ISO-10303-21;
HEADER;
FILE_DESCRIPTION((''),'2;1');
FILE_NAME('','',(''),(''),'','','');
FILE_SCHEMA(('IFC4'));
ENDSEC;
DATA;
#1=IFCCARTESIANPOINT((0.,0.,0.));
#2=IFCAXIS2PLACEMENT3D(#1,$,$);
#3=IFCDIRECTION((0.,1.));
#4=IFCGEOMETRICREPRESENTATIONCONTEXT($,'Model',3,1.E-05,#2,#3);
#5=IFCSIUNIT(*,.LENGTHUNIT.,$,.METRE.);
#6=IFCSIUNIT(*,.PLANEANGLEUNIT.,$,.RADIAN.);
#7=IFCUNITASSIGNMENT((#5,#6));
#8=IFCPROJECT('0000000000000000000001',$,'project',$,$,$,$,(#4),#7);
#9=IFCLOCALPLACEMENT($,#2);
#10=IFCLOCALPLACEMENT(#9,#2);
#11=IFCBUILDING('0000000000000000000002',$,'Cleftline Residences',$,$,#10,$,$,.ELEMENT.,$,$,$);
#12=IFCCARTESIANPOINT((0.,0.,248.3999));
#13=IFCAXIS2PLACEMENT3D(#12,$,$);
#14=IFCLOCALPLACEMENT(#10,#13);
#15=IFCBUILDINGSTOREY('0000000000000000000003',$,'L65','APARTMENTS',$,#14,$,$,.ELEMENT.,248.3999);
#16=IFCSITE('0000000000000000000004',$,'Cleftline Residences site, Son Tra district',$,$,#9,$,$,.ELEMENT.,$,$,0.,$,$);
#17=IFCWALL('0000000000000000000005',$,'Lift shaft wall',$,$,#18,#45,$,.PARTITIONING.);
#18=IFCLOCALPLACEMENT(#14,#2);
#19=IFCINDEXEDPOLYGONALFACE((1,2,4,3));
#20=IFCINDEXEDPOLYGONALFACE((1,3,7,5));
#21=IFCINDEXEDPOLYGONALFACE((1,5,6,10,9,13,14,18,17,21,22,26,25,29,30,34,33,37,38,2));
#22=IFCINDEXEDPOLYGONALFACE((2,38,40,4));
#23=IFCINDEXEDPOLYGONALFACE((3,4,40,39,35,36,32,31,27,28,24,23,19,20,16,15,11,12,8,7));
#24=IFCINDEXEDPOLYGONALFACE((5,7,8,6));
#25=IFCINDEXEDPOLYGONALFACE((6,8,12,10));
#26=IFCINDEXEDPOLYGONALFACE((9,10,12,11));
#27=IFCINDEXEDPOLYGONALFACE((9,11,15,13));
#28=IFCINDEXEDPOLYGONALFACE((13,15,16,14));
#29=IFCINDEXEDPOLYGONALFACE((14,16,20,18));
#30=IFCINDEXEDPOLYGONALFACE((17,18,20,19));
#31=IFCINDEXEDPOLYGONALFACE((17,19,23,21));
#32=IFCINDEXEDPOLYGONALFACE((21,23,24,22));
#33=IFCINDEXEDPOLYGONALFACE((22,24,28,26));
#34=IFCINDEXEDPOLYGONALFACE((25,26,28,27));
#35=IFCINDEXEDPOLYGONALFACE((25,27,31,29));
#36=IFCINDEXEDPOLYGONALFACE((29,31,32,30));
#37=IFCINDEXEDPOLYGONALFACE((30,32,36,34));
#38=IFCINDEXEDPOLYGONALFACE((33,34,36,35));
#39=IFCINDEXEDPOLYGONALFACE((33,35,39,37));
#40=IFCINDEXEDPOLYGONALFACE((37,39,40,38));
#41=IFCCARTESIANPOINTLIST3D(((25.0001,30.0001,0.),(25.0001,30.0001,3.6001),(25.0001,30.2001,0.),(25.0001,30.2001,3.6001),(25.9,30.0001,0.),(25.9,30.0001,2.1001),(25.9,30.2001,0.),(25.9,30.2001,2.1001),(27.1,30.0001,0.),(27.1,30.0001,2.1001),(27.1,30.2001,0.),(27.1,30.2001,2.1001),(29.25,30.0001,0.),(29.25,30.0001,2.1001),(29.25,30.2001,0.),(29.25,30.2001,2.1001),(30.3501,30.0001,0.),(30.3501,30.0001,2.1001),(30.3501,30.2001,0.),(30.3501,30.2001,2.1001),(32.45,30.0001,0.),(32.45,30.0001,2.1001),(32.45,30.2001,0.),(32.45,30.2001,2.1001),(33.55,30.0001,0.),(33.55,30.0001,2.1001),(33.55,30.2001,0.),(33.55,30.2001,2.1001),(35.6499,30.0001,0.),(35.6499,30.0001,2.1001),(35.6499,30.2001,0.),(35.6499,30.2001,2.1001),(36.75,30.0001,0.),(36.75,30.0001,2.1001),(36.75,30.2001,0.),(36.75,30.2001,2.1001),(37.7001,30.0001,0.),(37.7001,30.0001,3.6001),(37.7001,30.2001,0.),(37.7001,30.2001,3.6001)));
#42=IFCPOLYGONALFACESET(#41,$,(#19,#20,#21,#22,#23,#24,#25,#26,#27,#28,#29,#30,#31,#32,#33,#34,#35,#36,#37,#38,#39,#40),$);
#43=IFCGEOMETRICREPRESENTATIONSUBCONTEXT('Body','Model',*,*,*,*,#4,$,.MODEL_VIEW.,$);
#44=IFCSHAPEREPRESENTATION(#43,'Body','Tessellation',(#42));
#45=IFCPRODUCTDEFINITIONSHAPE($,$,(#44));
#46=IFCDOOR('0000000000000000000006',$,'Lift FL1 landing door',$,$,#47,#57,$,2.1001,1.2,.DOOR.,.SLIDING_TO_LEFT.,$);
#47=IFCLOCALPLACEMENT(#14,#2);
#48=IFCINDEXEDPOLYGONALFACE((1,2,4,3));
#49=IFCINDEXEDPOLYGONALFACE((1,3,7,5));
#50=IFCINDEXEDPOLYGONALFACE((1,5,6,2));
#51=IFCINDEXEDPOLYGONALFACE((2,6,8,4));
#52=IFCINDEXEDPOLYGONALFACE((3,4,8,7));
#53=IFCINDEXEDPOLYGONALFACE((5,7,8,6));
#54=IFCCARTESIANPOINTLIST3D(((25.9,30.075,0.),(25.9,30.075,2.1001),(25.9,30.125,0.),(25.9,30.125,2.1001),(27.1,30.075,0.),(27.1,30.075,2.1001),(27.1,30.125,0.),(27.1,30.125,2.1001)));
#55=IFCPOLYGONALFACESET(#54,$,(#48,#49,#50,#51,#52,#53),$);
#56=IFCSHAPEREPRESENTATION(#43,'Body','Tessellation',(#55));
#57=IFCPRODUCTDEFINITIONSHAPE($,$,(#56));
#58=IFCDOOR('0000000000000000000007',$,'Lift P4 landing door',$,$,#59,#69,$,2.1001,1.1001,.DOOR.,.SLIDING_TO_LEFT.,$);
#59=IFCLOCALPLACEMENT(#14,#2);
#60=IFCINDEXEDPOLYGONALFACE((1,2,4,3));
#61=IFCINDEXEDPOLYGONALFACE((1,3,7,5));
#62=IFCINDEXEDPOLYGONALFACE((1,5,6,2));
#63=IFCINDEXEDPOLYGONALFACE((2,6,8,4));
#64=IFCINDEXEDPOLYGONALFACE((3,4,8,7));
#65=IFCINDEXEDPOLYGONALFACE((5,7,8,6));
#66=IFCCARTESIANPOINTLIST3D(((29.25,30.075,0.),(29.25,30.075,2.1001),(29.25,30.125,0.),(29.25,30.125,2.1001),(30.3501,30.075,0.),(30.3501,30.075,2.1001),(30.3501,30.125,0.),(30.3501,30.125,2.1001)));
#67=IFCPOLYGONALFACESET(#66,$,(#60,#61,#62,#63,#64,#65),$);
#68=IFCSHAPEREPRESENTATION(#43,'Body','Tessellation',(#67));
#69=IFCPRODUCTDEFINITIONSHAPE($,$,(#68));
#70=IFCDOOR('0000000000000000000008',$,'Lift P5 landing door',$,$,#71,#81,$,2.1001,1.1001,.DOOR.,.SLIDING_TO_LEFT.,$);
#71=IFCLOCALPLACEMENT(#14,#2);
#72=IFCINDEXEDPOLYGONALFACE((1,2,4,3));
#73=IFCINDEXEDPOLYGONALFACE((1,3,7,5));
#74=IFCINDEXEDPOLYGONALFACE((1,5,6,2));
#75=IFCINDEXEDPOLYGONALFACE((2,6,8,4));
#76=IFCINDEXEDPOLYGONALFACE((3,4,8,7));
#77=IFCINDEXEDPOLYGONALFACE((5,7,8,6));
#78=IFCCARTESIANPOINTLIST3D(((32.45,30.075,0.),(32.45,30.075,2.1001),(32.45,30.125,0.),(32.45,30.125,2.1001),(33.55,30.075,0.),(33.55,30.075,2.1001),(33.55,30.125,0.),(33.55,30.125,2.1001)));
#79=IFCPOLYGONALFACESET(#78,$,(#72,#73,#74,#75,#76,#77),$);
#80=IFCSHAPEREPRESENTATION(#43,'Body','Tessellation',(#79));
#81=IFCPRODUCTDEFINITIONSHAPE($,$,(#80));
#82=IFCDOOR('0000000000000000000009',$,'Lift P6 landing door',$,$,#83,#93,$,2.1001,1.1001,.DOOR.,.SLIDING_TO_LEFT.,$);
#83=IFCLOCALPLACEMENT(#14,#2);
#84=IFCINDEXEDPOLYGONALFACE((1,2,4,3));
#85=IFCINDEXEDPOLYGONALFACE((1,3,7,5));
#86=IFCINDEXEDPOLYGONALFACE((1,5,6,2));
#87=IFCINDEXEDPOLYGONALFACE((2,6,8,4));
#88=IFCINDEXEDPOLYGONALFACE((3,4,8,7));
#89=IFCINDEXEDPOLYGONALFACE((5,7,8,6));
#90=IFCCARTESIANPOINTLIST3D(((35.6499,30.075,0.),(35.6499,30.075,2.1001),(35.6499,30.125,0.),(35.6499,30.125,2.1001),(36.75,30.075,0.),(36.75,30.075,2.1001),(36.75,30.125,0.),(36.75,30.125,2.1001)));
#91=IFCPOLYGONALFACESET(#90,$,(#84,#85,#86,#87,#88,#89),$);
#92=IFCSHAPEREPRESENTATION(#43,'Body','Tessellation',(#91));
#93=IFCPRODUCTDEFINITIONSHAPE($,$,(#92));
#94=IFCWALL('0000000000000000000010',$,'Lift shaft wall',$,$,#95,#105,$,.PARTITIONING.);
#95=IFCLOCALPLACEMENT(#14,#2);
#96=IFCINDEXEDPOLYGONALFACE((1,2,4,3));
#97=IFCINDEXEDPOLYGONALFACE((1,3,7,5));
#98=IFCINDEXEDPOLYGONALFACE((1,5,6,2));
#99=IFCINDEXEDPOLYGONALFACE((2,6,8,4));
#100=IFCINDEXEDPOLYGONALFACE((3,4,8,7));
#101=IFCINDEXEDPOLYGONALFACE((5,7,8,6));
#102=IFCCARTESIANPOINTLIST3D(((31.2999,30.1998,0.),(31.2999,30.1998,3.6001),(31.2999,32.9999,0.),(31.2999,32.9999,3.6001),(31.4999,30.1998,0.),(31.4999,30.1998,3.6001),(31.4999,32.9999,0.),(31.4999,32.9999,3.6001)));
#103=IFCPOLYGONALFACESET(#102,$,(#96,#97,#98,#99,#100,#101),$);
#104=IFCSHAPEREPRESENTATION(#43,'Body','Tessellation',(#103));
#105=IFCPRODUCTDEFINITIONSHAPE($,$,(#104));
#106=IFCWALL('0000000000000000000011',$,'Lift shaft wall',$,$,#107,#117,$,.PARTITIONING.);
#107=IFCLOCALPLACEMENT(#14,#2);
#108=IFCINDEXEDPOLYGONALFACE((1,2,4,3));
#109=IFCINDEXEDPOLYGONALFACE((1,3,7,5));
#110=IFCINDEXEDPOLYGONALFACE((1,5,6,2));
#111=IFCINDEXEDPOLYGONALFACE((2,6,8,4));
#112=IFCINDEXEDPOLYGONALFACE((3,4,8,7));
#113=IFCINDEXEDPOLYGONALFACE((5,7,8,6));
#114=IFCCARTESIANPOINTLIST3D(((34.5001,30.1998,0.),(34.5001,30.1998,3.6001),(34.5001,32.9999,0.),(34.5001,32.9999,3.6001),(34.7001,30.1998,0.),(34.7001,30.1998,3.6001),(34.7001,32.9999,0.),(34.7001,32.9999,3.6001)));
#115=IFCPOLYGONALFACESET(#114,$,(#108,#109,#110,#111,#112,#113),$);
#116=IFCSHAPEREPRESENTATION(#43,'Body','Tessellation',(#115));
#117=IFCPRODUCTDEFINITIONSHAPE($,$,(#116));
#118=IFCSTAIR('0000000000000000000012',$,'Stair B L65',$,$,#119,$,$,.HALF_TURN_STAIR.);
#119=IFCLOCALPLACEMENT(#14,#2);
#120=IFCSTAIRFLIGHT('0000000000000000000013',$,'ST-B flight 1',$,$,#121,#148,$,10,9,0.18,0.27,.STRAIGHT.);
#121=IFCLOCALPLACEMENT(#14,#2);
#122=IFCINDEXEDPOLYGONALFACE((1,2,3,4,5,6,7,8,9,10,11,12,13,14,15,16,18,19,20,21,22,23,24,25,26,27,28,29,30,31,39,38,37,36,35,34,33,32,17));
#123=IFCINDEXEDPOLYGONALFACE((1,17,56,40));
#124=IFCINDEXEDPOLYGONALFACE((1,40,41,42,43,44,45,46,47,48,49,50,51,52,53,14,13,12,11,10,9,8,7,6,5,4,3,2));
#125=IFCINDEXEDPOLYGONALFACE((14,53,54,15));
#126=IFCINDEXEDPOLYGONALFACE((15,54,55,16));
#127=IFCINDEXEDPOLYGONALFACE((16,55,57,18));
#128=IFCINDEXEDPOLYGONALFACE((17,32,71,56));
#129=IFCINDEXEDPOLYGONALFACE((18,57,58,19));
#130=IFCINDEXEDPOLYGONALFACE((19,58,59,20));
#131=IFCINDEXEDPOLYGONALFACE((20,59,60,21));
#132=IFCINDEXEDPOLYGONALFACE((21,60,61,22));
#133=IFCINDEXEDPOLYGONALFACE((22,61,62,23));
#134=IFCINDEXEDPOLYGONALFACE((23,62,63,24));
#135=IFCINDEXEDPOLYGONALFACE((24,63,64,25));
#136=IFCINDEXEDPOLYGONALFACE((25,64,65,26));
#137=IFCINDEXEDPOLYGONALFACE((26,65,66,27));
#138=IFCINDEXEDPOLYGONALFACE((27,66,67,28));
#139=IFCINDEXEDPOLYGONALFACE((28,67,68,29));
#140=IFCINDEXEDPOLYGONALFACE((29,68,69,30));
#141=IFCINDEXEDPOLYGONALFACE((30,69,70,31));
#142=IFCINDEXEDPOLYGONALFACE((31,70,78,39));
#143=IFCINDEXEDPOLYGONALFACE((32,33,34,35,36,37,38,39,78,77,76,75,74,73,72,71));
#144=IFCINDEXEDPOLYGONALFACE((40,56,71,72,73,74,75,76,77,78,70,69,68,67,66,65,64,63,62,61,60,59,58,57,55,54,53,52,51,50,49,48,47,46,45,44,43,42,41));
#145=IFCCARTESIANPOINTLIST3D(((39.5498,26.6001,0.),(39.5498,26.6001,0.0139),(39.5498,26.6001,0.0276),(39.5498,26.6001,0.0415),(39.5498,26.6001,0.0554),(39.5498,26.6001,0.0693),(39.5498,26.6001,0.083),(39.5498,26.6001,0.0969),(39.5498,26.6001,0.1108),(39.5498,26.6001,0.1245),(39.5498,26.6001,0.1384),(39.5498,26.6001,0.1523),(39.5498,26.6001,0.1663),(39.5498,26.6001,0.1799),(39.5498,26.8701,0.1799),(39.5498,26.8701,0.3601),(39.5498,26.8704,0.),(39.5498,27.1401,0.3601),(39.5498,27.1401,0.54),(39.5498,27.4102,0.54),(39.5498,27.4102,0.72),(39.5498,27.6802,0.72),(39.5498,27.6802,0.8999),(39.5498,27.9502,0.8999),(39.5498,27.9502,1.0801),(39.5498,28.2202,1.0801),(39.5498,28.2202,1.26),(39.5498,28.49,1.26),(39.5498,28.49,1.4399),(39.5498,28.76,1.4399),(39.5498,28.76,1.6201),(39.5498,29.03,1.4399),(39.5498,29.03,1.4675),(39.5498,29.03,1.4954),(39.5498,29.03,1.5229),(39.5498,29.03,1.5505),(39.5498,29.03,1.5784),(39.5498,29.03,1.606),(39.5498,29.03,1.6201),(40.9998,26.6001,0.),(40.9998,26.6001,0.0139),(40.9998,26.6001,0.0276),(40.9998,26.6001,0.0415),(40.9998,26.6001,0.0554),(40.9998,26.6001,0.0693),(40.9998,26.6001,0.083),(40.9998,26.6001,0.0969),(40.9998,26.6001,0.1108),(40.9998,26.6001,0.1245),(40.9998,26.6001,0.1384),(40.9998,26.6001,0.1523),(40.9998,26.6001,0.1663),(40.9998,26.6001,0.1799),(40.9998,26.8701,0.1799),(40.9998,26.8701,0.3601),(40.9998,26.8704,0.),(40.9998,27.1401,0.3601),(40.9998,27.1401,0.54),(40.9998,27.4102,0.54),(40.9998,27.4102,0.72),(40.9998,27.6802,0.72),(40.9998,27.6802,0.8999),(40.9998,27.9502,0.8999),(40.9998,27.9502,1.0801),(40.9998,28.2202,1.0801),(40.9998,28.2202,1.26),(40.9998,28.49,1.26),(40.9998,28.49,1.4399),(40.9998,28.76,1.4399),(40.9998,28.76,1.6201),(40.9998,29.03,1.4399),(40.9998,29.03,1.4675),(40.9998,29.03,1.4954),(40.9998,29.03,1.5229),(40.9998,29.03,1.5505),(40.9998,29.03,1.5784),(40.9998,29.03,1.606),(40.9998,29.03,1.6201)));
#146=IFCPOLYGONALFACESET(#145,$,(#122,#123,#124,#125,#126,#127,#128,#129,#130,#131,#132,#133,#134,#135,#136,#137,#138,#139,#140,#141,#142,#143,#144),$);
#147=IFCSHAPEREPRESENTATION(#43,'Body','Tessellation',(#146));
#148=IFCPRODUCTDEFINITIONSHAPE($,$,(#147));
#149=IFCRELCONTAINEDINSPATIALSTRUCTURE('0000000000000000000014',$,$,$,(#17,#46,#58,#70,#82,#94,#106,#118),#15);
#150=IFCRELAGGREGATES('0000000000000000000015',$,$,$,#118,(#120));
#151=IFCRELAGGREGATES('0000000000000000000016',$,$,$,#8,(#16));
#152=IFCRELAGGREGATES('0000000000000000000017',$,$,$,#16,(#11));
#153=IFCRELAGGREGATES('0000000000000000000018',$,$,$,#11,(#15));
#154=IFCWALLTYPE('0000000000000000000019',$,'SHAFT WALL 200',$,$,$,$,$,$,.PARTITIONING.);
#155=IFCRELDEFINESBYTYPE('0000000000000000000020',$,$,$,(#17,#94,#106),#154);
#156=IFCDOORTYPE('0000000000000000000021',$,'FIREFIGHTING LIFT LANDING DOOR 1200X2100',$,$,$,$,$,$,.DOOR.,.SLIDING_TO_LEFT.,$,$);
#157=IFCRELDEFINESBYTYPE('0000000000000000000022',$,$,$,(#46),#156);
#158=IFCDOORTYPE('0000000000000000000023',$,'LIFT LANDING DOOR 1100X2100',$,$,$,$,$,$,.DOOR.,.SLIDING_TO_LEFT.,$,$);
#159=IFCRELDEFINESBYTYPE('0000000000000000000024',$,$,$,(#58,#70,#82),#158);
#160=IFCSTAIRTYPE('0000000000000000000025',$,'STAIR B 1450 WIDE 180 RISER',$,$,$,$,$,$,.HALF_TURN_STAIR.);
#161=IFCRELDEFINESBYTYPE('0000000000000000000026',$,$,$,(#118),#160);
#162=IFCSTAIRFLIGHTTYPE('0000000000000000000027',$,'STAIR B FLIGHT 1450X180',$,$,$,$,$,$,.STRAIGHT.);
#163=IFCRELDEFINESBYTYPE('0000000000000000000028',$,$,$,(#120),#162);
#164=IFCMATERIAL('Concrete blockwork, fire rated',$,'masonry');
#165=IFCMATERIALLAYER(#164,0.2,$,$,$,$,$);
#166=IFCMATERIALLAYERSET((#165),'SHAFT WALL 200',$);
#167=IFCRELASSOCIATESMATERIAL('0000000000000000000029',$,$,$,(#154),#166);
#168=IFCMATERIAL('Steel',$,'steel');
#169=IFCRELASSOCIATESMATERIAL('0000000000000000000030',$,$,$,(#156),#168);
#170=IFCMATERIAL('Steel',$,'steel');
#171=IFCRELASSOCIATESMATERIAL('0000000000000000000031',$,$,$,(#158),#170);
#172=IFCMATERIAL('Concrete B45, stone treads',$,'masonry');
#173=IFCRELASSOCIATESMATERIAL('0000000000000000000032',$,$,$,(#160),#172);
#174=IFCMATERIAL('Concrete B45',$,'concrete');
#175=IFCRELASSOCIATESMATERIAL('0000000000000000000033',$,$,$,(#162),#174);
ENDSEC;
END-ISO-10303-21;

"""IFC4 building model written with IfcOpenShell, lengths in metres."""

from ifc_helpers import new_model, si_unit, direction, frame, frame_2d, origin, place, context, subcontext, project, spatial, polyline, rectangle, outline, extrude, material, layer, layer_set, type_object, element, fill, aggregate, save


model = new_model("IFC4")

# Units and contexts
model_context = context("Model", 3, precision=1e-05, world=origin(), true_north=direction((0.0, 1.0)))
body_context = subcontext(model_context, "Body", "Model", "MODEL_VIEW")
ifc_project = project(units=[si_unit("LENGTHUNIT", "METRE"), si_unit("PLANEANGLEUNIT", "RADIAN")], contexts=[model_context])

# Site, building, storey
site_placement = place(None, origin())
site = spatial("IfcSite", under=ifc_project, at=site_placement, Name="Cleftline Residences site, Son Tra district", CompositionType="ELEMENT", RefElevation=0.0)
building_placement = place(site_placement, origin())
building = spatial("IfcBuilding", under=site, at=building_placement, Name="Cleftline Residences", CompositionType="ELEMENT")
storey_placement = place(building_placement, frame((0.0, 0.0, 248.3999)))
storey = spatial("IfcBuildingStorey", under=building, at=storey_placement, Name="L65", Description="APARTMENTS", CompositionType="ELEMENT", Elevation=248.3999)

# Wall, openings, doors
ifc_material_1 = material(Name="Concrete blockwork, fire rated", Category="masonry")
ifc_layer_1 = layer(ifc_material_1, 0.2)
ifc_layer_set_1 = layer_set([ifc_layer_1], Name="SHAFT WALL 200")
wall_type_1 = type_object("IfcWallType", Name="SHAFT WALL 200", PredefinedType="PARTITIONING", material=ifc_layer_set_1)
wall_1_placement = place(storey_placement, frame((25.0, 30.1001, 0.0), z_axis=(0.0, 0.0, 1.0), x_axis=(1.0, 0.0, 0.0)))
wall_1 = element("IfcWall", 1, at=wall_1_placement, inside=storey, type_object=wall_type_1, Name="Lift shaft wall", PredefinedType="PARTITIONING", context=body_context, shape_type="SweptSolid", body=[
    extrude(rectangle(XDim=12.7, YDim=0.2, at=frame_2d((6.3501, 0.0))), origin(), (0.0, 0.0, 1.0), 3.6001),
])
opening_1_placement = place(wall_1_placement, frame((4.25, 0.0, 0.0)))
opening_1 = element("IfcOpeningElement", 2, at=opening_1_placement, cuts=wall_1, PredefinedType="OPENING", context=body_context, shape_type="SweptSolid", body=[
    extrude(rectangle(XDim=1.1001, YDim=2.1001, at=frame_2d((0.55, 1.05))), frame((0.0, 0.1099, 0.0), z_axis=(0.0, -1.0, 0.0), x_axis=(1.0, 0.0, 0.0)), (0.0, 0.0, 1.0), 0.22),
])
opening_2_placement = place(wall_1_placement, frame((7.45, 0.0, 0.0)))
opening_2 = element("IfcOpeningElement", 3, at=opening_2_placement, cuts=wall_1, PredefinedType="OPENING", context=body_context, shape_type="SweptSolid", body=[
    extrude(rectangle(XDim=1.1001, YDim=2.1001, at=frame_2d((0.55, 1.05))), frame((0.0, 0.1099, 0.0), z_axis=(0.0, -1.0, 0.0), x_axis=(1.0, 0.0, 0.0)), (0.0, 0.0, 1.0), 0.22),
])
opening_3_placement = place(wall_1_placement, frame((10.6499, 0.0, 0.0)))
opening_3 = element("IfcOpeningElement", 4, at=opening_3_placement, cuts=wall_1, PredefinedType="OPENING", context=body_context, shape_type="SweptSolid", body=[
    extrude(rectangle(XDim=1.1001, YDim=2.1001, at=frame_2d((0.55, 1.05))), frame((0.0, 0.1099, 0.0), z_axis=(0.0, -1.0, 0.0), x_axis=(1.0, 0.0, 0.0)), (0.0, 0.0, 1.0), 0.22),
])
opening_4_placement = place(wall_1_placement, frame((0.8999, 0.0, 0.0)))
opening_4 = element("IfcOpeningElement", 5, at=opening_4_placement, cuts=wall_1, PredefinedType="OPENING", context=body_context, shape_type="SweptSolid", body=[
    extrude(rectangle(XDim=1.2, YDim=2.1001, at=frame_2d((0.6001, 1.05))), frame((0.0, 0.1099, 0.0), z_axis=(0.0, -1.0, 0.0), x_axis=(1.0, 0.0, 0.0)), (0.0, 0.0, 1.0), 0.22),
])
ifc_material_2 = material(Name="Steel", Category="steel")
door_type_1 = type_object("IfcDoorType", Name="FIREFIGHTING LIFT LANDING DOOR 1200X2100", OperationType="SLIDING_TO_LEFT", PredefinedType="DOOR", material=ifc_material_2)
door_1_placement = place(opening_4_placement, origin())
door_1 = element("IfcDoor", 6, at=door_1_placement, inside=storey, type_object=door_type_1, Name="Lift FL1 landing door", OperationType="SLIDING_TO_LEFT", OverallHeight=2.1001, OverallWidth=1.2, PredefinedType="DOOR", context=body_context, shape_type="SweptSolid", body=[
    extrude(rectangle(XDim=1.2, YDim=2.1001, at=frame_2d((0.6001, 1.05))), frame((0.0, 0.0249, 0.0), z_axis=(0.0, -1.0, 0.0), x_axis=(1.0, 0.0, 0.0)), (0.0, 0.0, 1.0), 0.05),
])
fill(opening_4, door_1)
ifc_material_3 = material(Name="Steel", Category="steel")
door_type_2 = type_object("IfcDoorType", Name="LIFT LANDING DOOR 1100X2100", OperationType="SLIDING_TO_LEFT", PredefinedType="DOOR", material=ifc_material_3)
door_2_placement = place(opening_1_placement, origin())
door_2 = element("IfcDoor", 7, at=door_2_placement, inside=storey, type_object=door_type_2, Name="Lift P4 landing door", OperationType="SLIDING_TO_LEFT", OverallHeight=2.1001, OverallWidth=1.1001, PredefinedType="DOOR", context=body_context, shape_type="SweptSolid", body=[
    extrude(rectangle(XDim=1.1001, YDim=2.1001, at=frame_2d((0.55, 1.05))), frame((0.0, 0.0249, 0.0), z_axis=(0.0, -1.0, 0.0), x_axis=(1.0, 0.0, 0.0)), (0.0, 0.0, 1.0), 0.05),
])
fill(opening_1, door_2)
door_3_placement = place(opening_2_placement, origin())
door_3 = element("IfcDoor", 8, at=door_3_placement, inside=storey, type_object=door_type_2, Name="Lift P5 landing door", OperationType="SLIDING_TO_LEFT", OverallHeight=2.1001, OverallWidth=1.1001, PredefinedType="DOOR", context=body_context, shape_type="SweptSolid", body=[
    extrude(rectangle(XDim=1.1001, YDim=2.1001, at=frame_2d((0.55, 1.05))), frame((0.0, 0.0249, 0.0), z_axis=(0.0, -1.0, 0.0), x_axis=(1.0, 0.0, 0.0)), (0.0, 0.0, 1.0), 0.05),
])
fill(opening_2, door_3)
door_4_placement = place(opening_3_placement, origin())
door_4 = element("IfcDoor", 9, at=door_4_placement, inside=storey, type_object=door_type_2, Name="Lift P6 landing door", OperationType="SLIDING_TO_LEFT", OverallHeight=2.1001, OverallWidth=1.1001, PredefinedType="DOOR", context=body_context, shape_type="SweptSolid", body=[
    extrude(rectangle(XDim=1.1001, YDim=2.1001, at=frame_2d((0.55, 1.05))), frame((0.0, 0.0249, 0.0), z_axis=(0.0, -1.0, 0.0), x_axis=(1.0, 0.0, 0.0)), (0.0, 0.0, 1.0), 0.05),
])
fill(opening_3, door_4)

# Walls
for number, where, z_axis, x_axis, name in (
    (10, (31.3999, 30.2, 0.0), (0.0, 0.0, 1.0), (0.0, 1.0, 0.0), "Lift shaft wall"),
    (11, (34.6001, 30.2, 0.0), (0.0, 0.0, 1.0), (0.0, 1.0, 0.0), "Lift shaft wall"),
):
    element("IfcWall", number, at=place(storey_placement, frame(where, z_axis=z_axis, x_axis=x_axis)), inside=storey, type_object=wall_type_1, Name=name, PredefinedType="PARTITIONING", context=body_context, shape_type="SweptSolid", body=[
        extrude(rectangle(XDim=2.8, YDim=0.2, at=frame_2d((1.3999, 0.0))), origin(), (0.0, 0.0, 1.0), 3.6001),
    ])

# Stair, stair flight
ifc_material_4 = material(Name="Concrete B45, stone treads", Category="masonry")
stair_type = type_object("IfcStairType", Name="STAIR B 1450 WIDE 180 RISER", PredefinedType="HALF_TURN_STAIR", material=ifc_material_4)
stair_placement = place(storey_placement, origin())
stair = element("IfcStair", 12, at=stair_placement, inside=storey, type_object=stair_type, Name="Stair B L65", PredefinedType="HALF_TURN_STAIR")
ifc_material_5 = material(Name="Concrete B45", Category="concrete")
stair_flight_type = type_object("IfcStairFlightType", Name="STAIR B FLIGHT 1450X180", PredefinedType="STRAIGHT", material=ifc_material_5)
stair_flight_1_placement = place(storey_placement, frame((40.2749, 26.6001, 0.0), z_axis=(0.0, 0.0, 1.0), x_axis=(0.0, 1.0, 0.0)))
stair_flight_1 = element("IfcStairFlight", 13, at=stair_flight_1_placement, type_object=stair_flight_type, Name="ST-B flight 1", NumberOfRisers=10, NumberOfTreads=9, PredefinedType="STRAIGHT", RiserHeight=0.18, TreadLength=0.27, context=body_context, shape_type="SweptSolid", body=[
    extrude(outline(polyline([(0.0, 0.0), (0.0, 0.0139), (0.0, 0.0276), (0.0, 0.0415), (0.0, 0.0554), (0.0, 0.0693), (0.0, 0.083), (0.0, 0.0969), (0.0, 0.1108), (0.0, 0.1245), (0.0, 0.1384), (0.0, 0.1523), (0.0, 0.1663), (0.0, 0.1799), (0.27, 0.1799), (0.27, 0.3601), (0.54, 0.3601), (0.54, 0.54), (0.8101, 0.54), (0.8101, 0.72), (1.0801, 0.72), (1.0801, 0.8999), (1.3501, 0.8999), (1.3501, 1.0801), (1.6201, 1.0801), (1.6201, 1.26), (1.8899, 1.26), (1.8899, 1.4399), (2.1599, 1.4399), (2.1599, 1.6201), (2.4299, 1.6201), (2.4299, 1.8), (2.4299, 1.7722), (2.4299, 1.7446), (2.4299, 1.7168), (2.4299, 1.6892), (2.4299, 1.6614), (2.4299, 1.6338), (2.4299, 1.606), (2.4299, 1.5784), (2.4299, 1.5505), (2.4299, 1.5229), (2.4299, 1.4954), (2.4299, 1.4675), (2.4299, 1.4399), (0.2703, 0.0), (0.0, 0.0)])), frame((0.0, 0.7251, 0.0), z_axis=(0.0, -1.0, 0.0), x_axis=(1.0, 0.0, 0.0)), (0.0, 0.0, 1.0), 1.45),
])
aggregate(stair, [stair_flight_1])

save(model, "model.ifc")
